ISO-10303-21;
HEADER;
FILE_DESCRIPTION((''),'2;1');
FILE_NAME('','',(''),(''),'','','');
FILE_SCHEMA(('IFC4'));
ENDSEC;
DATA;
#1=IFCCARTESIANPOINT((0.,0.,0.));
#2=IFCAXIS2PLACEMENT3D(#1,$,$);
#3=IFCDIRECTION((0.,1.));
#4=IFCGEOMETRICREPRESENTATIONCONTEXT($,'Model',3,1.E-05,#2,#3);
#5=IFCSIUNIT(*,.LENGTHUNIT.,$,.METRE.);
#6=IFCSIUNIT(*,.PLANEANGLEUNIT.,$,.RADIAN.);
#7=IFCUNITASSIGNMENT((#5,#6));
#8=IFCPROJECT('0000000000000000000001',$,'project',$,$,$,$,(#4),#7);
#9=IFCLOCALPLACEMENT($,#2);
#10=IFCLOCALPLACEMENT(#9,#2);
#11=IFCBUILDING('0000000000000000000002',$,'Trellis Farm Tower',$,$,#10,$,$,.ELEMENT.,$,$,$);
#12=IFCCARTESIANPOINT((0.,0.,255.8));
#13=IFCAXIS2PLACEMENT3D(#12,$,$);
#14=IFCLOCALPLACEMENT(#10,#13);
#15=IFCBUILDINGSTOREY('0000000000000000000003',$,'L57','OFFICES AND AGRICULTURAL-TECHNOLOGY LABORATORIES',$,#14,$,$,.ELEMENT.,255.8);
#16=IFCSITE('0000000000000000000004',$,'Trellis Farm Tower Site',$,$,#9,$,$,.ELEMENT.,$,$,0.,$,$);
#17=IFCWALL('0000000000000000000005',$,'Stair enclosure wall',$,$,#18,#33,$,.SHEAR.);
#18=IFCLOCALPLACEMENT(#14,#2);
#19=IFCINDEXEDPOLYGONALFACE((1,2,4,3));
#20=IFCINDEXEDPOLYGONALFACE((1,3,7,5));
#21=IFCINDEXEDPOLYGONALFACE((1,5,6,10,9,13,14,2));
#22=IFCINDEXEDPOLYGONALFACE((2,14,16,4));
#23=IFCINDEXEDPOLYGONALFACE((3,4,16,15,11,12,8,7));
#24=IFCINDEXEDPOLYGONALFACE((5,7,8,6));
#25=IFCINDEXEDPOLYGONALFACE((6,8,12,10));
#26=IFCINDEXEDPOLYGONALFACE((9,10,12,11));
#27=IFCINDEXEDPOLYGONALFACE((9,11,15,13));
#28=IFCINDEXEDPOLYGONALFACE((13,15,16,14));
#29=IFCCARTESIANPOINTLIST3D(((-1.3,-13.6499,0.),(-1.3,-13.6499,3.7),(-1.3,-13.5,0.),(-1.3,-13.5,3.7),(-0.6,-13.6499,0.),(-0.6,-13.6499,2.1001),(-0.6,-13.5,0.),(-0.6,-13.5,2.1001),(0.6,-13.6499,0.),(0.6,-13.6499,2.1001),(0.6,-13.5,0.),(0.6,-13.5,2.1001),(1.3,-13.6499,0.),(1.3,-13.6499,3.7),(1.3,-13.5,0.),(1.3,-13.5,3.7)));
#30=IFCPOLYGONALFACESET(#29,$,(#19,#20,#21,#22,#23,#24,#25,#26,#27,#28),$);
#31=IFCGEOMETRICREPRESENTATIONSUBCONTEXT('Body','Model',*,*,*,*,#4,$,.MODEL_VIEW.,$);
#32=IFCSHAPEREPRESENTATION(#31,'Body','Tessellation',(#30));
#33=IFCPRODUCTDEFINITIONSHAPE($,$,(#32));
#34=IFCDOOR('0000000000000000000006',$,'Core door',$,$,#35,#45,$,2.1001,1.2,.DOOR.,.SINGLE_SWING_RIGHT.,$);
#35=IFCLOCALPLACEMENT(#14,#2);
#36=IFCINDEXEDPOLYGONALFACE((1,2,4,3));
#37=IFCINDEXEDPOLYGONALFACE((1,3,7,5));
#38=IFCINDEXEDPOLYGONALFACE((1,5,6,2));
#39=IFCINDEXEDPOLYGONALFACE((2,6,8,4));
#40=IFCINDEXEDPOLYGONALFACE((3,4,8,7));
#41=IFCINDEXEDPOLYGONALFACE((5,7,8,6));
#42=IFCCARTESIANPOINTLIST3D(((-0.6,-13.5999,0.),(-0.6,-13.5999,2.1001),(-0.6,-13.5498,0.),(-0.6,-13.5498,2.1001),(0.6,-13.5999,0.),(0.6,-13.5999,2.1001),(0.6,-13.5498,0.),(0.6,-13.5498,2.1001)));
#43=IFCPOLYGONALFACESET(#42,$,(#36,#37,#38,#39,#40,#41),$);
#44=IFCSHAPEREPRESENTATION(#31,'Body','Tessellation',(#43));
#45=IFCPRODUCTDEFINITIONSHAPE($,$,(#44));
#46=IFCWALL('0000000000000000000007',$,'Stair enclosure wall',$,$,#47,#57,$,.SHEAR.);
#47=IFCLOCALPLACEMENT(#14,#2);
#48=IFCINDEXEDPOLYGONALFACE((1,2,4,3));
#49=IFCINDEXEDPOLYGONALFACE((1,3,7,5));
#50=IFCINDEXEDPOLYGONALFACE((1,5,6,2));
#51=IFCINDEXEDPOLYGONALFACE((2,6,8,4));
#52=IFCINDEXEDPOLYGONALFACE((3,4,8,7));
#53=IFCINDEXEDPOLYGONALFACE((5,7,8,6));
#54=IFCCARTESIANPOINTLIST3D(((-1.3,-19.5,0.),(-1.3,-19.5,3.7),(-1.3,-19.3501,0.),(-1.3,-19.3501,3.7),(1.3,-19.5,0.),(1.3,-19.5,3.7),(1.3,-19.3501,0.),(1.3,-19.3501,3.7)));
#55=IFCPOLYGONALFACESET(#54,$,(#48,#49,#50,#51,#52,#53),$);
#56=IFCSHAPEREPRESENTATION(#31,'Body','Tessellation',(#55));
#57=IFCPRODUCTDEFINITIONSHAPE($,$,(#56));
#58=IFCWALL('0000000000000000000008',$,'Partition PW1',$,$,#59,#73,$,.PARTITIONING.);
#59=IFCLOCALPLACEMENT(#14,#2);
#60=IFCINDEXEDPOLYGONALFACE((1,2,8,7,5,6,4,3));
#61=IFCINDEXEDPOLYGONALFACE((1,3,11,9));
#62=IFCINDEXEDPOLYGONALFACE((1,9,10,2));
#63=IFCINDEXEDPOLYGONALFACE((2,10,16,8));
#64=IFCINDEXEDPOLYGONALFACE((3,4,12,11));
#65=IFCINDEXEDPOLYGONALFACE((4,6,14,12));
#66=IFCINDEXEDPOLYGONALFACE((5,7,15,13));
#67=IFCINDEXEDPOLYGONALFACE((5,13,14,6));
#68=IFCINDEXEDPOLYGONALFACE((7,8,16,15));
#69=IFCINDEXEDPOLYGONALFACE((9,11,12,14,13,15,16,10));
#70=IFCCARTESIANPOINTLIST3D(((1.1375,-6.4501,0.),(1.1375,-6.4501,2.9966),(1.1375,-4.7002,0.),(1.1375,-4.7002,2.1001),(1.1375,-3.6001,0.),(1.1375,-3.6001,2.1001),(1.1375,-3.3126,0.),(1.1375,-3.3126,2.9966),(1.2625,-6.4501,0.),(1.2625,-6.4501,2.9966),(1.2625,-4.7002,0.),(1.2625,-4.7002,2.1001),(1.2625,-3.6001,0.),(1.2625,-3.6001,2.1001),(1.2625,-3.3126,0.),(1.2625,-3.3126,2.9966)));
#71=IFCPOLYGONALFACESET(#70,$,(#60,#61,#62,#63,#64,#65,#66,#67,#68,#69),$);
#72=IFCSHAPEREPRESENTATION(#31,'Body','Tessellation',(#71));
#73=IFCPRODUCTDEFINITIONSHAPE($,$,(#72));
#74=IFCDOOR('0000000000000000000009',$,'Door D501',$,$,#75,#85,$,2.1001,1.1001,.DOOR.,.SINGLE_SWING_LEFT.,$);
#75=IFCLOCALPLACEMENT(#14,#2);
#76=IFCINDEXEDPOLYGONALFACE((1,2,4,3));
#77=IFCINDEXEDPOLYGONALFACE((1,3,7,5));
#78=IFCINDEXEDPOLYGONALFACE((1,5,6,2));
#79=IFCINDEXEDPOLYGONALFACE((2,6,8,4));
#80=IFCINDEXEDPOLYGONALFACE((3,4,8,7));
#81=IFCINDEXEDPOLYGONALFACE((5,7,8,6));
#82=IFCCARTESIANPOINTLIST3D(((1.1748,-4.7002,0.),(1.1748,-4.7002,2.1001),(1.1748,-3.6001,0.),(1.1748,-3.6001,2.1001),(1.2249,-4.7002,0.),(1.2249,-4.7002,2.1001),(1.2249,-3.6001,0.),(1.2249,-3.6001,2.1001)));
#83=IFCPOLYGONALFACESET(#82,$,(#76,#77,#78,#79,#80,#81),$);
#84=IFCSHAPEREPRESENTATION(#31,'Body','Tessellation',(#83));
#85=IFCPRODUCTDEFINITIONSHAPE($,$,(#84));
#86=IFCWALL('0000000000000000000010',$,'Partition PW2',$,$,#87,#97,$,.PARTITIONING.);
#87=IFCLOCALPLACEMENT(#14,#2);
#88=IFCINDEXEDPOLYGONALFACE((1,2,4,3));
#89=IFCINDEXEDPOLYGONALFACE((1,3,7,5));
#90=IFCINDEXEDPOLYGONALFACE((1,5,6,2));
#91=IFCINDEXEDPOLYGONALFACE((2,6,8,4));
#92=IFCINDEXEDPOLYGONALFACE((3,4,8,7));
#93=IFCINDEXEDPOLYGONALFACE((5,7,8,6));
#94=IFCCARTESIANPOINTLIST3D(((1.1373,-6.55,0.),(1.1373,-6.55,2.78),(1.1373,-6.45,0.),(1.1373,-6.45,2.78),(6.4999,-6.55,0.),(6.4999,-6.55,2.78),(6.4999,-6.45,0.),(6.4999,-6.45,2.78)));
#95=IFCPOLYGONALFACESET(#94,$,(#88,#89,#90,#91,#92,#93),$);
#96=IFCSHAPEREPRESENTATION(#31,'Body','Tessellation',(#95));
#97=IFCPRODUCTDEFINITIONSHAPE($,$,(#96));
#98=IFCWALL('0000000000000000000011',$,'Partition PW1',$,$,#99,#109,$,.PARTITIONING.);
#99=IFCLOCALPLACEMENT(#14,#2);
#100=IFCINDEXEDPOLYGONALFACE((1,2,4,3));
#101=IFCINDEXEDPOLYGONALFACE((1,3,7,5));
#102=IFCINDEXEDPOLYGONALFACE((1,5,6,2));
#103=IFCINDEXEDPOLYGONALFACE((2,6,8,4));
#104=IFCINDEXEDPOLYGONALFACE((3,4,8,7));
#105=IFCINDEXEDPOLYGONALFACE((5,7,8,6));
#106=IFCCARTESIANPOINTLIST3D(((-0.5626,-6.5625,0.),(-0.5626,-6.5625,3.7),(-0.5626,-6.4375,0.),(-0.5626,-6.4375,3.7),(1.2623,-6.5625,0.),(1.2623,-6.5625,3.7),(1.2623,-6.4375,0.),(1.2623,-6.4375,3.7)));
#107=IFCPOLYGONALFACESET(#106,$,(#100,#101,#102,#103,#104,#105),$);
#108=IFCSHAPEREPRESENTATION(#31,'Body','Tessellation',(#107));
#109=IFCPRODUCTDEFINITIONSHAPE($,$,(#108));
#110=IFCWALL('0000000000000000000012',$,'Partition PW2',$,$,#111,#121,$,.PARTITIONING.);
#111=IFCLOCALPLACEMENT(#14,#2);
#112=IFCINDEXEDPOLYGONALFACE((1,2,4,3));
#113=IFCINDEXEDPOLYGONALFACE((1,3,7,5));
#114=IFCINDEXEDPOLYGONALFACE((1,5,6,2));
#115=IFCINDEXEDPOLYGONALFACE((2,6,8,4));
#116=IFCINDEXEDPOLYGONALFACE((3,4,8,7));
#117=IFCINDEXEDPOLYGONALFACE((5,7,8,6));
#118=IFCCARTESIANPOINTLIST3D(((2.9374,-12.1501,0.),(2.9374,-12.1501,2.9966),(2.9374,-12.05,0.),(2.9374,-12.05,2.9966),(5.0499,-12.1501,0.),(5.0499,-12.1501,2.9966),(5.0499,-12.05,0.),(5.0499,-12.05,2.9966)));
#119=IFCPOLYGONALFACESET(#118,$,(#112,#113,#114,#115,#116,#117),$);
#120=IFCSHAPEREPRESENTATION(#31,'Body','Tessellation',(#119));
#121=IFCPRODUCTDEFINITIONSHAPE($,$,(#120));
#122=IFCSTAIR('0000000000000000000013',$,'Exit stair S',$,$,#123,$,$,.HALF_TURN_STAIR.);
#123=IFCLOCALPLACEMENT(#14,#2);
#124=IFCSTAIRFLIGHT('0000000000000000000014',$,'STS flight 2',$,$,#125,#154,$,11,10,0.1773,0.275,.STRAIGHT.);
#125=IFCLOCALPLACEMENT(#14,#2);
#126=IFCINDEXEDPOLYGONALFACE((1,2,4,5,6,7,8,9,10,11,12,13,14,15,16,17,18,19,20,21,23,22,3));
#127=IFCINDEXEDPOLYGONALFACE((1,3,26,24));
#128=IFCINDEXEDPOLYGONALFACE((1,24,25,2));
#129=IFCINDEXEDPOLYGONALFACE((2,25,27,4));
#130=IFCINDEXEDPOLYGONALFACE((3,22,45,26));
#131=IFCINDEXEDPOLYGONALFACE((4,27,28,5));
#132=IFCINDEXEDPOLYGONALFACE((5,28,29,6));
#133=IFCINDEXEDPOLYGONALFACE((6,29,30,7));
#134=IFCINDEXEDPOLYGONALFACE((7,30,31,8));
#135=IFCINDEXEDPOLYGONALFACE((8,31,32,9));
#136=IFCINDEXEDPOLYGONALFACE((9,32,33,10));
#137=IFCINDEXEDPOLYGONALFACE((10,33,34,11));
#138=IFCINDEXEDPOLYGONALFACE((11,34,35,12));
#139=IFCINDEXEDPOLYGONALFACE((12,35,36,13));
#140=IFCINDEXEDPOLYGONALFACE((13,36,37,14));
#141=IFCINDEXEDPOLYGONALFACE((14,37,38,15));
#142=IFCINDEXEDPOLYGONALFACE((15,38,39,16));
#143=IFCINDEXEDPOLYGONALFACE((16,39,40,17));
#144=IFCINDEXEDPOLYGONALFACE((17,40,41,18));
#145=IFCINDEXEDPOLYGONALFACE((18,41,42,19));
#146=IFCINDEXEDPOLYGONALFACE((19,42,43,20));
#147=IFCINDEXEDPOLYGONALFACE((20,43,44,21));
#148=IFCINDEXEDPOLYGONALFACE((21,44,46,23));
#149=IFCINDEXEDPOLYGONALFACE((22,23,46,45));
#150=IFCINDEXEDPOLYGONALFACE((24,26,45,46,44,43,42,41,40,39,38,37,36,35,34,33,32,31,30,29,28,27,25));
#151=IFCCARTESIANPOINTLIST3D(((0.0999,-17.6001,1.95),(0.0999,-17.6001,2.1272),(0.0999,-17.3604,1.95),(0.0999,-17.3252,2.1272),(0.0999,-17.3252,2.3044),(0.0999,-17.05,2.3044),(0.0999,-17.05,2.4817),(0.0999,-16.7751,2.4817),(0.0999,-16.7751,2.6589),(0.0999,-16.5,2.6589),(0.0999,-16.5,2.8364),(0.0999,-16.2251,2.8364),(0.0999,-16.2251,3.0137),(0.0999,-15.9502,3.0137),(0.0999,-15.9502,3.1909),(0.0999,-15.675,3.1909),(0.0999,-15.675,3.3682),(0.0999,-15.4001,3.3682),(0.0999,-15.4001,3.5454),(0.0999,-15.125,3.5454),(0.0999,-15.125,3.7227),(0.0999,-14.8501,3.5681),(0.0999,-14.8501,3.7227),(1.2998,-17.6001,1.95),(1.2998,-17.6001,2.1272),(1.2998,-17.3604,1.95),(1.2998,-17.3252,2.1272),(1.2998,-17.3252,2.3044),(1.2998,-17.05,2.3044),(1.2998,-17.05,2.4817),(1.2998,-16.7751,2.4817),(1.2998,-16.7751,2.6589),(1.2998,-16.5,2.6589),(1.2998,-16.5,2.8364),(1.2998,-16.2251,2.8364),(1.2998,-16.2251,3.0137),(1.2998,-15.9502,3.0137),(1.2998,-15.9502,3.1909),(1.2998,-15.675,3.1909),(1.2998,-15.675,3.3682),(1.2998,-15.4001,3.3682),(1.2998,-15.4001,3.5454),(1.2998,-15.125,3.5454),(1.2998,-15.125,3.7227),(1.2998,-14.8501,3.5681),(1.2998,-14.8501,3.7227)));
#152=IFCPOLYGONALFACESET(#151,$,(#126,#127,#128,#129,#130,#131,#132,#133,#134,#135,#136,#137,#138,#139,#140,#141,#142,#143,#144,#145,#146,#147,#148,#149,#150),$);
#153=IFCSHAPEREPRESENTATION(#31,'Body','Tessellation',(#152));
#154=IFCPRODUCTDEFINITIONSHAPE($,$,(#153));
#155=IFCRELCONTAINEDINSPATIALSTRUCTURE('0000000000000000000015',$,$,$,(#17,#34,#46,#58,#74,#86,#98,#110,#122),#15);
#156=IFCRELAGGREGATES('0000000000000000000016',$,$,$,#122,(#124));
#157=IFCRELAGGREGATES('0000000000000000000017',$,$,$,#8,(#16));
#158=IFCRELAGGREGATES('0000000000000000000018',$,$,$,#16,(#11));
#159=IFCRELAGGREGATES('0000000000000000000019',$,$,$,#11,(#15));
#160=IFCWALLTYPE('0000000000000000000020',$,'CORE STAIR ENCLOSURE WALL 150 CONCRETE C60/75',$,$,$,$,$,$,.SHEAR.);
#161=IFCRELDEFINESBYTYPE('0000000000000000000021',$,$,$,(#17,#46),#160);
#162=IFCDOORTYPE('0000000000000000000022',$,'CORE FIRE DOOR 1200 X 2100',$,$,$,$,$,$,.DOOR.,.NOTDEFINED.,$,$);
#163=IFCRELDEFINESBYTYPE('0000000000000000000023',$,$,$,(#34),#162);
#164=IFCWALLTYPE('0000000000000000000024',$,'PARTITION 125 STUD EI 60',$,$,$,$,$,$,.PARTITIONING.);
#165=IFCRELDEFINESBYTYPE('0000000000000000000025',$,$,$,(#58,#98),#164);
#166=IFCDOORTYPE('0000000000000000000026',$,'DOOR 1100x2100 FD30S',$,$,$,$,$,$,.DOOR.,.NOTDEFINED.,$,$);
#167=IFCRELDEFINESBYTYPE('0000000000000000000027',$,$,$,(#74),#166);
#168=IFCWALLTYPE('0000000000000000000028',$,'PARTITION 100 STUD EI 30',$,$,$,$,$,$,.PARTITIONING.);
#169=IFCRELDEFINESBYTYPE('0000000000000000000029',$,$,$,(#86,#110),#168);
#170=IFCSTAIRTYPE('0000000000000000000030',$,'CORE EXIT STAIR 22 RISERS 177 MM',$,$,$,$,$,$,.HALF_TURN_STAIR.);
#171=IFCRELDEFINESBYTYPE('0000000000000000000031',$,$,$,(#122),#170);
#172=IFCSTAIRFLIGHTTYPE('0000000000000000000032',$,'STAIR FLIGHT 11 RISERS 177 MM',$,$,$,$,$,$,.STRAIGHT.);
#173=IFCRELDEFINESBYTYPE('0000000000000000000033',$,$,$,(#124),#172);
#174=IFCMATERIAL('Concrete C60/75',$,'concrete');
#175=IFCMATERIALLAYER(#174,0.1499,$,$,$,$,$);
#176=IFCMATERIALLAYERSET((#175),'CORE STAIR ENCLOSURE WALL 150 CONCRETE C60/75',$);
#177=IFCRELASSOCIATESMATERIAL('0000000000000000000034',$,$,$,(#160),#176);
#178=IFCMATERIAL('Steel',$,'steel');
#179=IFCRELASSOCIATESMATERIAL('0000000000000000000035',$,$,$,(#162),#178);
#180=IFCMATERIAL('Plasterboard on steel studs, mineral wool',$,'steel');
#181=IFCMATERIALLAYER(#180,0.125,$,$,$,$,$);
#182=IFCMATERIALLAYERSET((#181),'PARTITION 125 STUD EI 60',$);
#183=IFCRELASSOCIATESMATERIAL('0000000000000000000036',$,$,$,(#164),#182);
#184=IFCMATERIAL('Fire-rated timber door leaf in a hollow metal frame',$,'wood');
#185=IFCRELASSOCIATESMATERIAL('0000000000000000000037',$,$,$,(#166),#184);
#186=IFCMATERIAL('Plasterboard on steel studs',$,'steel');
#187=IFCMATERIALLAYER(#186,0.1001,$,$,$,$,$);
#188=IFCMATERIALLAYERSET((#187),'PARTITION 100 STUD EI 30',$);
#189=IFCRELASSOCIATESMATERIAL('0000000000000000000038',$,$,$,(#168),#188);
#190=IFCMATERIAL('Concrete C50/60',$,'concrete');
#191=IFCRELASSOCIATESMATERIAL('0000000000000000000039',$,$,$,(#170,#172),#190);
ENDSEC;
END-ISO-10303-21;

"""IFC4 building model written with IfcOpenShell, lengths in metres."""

from ifc_helpers import new_model, si_unit, direction, frame, frame_2d, origin, place, context, subcontext, project, spatial, polyline, rectangle, outline, extrude, source, transform, mapped, material, layer, layer_set, type_object, element, fill, aggregate, save


model = new_model("IFC4")

# Units and contexts
model_context = context("Model", 3, precision=1e-05, world=origin(), true_north=direction((0.0, 1.0)))
body_context = subcontext(model_context, "Body", "Model", "MODEL_VIEW")
ifc_project = project(units=[si_unit("LENGTHUNIT", "METRE"), si_unit("PLANEANGLEUNIT", "RADIAN")], contexts=[model_context])

# Site, building, storey
site_placement = place(None, origin())
site = spatial("IfcSite", under=ifc_project, at=site_placement, Name="Trellis Farm Tower Site", CompositionType="ELEMENT", RefElevation=0.0)
building_placement = place(site_placement, origin())
building = spatial("IfcBuilding", under=site, at=building_placement, Name="Trellis Farm Tower", CompositionType="ELEMENT")
storey_placement = place(building_placement, frame((0.0, 0.0, 255.8)))
storey = spatial("IfcBuildingStorey", under=building, at=storey_placement, Name="L57", Description="OFFICES AND AGRICULTURAL-TECHNOLOGY LABORATORIES", CompositionType="ELEMENT", Elevation=255.8)

# Shared definitions
placement_1 = place(storey_placement, origin())

# Shared definitions
ifc_material_1 = material(Name="Concrete C60/75", Category="concrete")

# Wall, opening, door
ifc_layer_1 = layer(ifc_material_1, 0.1499)
ifc_layer_set_1 = layer_set([ifc_layer_1], Name="CORE STAIR ENCLOSURE WALL 150 CONCRETE C60/75")
wall_type_1 = type_object("IfcWallType", Name="CORE STAIR ENCLOSURE WALL 150 CONCRETE C60/75", PredefinedType="SHEAR", material=ifc_layer_set_1)
shared_shape_1 = source(origin(), body_context, "Body", "SweptSolid", [
    extrude(rectangle(XDim=2.6001, YDim=0.1499, at=frame_2d((1.3, 0.0))), origin(), (0.0, 0.0, 1.0), 3.7),
])
wall_1_placement = place(storey_placement, frame((1.3, -13.575, 0.0), z_axis=(0.0, 0.0, 1.0), x_axis=(-1.0, 0.0, 0.0)))
wall_1 = element("IfcWall", 1, at=wall_1_placement, inside=storey, type_object=wall_type_1, Name="Stair enclosure wall", PredefinedType="SHEAR", context=body_context, shape_type="MappedRepresentation", body=[
    mapped(shared_shape_1, transform((0.0, 0.0, 0.0))),
])
shared_shape_2 = source(origin(), body_context, "Body", "SweptSolid", [
    extrude(rectangle(XDim=1.2, YDim=2.1001, at=frame_2d((0.6001, 1.05))), frame((0.0, 0.085, 0.0), z_axis=(0.0, -1.0, 0.0), x_axis=(1.0, 0.0, 0.0)), (0.0, 0.0, 1.0), 0.1699),
])
opening_1_placement = place(wall_1_placement, frame((0.7, 0.0, 0.0)))
opening_1 = element("IfcOpeningElement", 2, at=opening_1_placement, cuts=wall_1, PredefinedType="OPENING", context=body_context, shape_type="MappedRepresentation", body=[
    mapped(shared_shape_2, transform((0.0, 0.0, 0.0))),
])
ifc_material_2 = material(Name="Steel", Category="steel")
door_type_1 = type_object("IfcDoorType", Name="CORE FIRE DOOR 1200 X 2100", OperationType="NOTDEFINED", PredefinedType="DOOR", material=ifc_material_2)
shared_shape_3 = source(origin(), body_context, "Body", "SweptSolid", [
    extrude(rectangle(XDim=1.2, YDim=2.1001, at=frame_2d((0.6001, 1.05))), frame((0.0, 0.0249, 0.0), z_axis=(0.0, -1.0, 0.0), x_axis=(1.0, 0.0, 0.0)), (0.0, 0.0, 1.0), 0.05),
])
door_1_placement = place(opening_1_placement, origin())
door_1 = element("IfcDoor", 3, at=door_1_placement, inside=storey, type_object=door_type_1, Name="Core door", OperationType="SINGLE_SWING_RIGHT", OverallHeight=2.1001, OverallWidth=1.2, PredefinedType="DOOR", context=body_context, shape_type="MappedRepresentation", body=[
    mapped(shared_shape_3, transform((0.0, 0.0, 0.0))),
])
fill(opening_1, door_1)

# Wall
wall_2_placement = place(storey_placement, frame((1.3, -19.425, 0.0), z_axis=(0.0, 0.0, 1.0), x_axis=(-1.0, 0.0, 0.0)))
element("IfcWall", 4, at=wall_2_placement, inside=storey, type_object=wall_type_1, Name="Stair enclosure wall", PredefinedType="SHEAR", context=body_context, shape_type="MappedRepresentation", body=[
    mapped(shared_shape_1, transform((0.0, 0.0, 0.0))),
])

# Wall, opening, door
ifc_material_3 = material(Name="Plasterboard on steel studs, mineral wool", Category="steel")
ifc_layer_2 = layer(ifc_material_3, 0.125)
ifc_layer_set_2 = layer_set([ifc_layer_2], Name="PARTITION 125 STUD EI 60")
wall_type_2 = type_object("IfcWallType", Name="PARTITION 125 STUD EI 60", PredefinedType="PARTITIONING", material=ifc_layer_set_2)
shared_shape_4 = source(origin(), body_context, "Body", "SweptSolid", [
    extrude(rectangle(XDim=3.1375, YDim=0.125, at=frame_2d((1.5688, 0.0))), origin(), (0.0, 0.0, 1.0), 2.9966),
])
wall_3_placement = place(storey_placement, frame((1.2, -3.3125, 0.0), z_axis=(0.0, 0.0, 1.0), x_axis=(0.0, -1.0, 0.0)))
wall_3 = element("IfcWall", 5, at=wall_3_placement, inside=storey, type_object=wall_type_2, Name="Partition PW1", PredefinedType="PARTITIONING", context=body_context, shape_type="MappedRepresentation", body=[
    mapped(shared_shape_4, transform((0.0, 0.0, 0.0))),
])
shared_shape_5 = source(origin(), body_context, "Body", "SweptSolid", [
    extrude(rectangle(XDim=1.1001, YDim=2.1001, at=frame_2d((0.55, 1.05))), frame((0.0, 0.0725, 0.0), z_axis=(0.0, -1.0, 0.0), x_axis=(1.0, 0.0, 0.0)), (0.0, 0.0, 1.0), 0.145),
])
opening_2_placement = place(wall_3_placement, frame((0.2876, 0.0, 0.0)))
opening_2 = element("IfcOpeningElement", 6, at=opening_2_placement, cuts=wall_3, PredefinedType="OPENING", context=body_context, shape_type="MappedRepresentation", body=[
    mapped(shared_shape_5, transform((0.0, 0.0, 0.0))),
])
ifc_material_4 = material(Name="Fire-rated timber door leaf in a hollow metal frame", Category="wood")
door_type_2 = type_object("IfcDoorType", Name="DOOR 1100x2100 FD30S", OperationType="NOTDEFINED", PredefinedType="DOOR", material=ifc_material_4)
shared_shape_6 = source(origin(), body_context, "Body", "SweptSolid", [
    extrude(rectangle(XDim=1.1001, YDim=2.1001, at=frame_2d((0.55, 1.05))), frame((0.0, 0.0249, 0.0), z_axis=(0.0, -1.0, 0.0), x_axis=(1.0, 0.0, 0.0)), (0.0, 0.0, 1.0), 0.05),
])
door_2_placement = place(opening_2_placement, origin())
door_2 = element("IfcDoor", 7, at=door_2_placement, inside=storey, type_object=door_type_2, Name="Door D501", OperationType="SINGLE_SWING_LEFT", OverallHeight=2.1001, OverallWidth=1.1001, PredefinedType="DOOR", context=body_context, shape_type="MappedRepresentation", body=[
    mapped(shared_shape_6, transform((0.0, 0.0, 0.0))),
])
fill(opening_2, door_2)

# Walls
ifc_material_5 = material(Name="Plasterboard on steel studs", Category="steel")
ifc_layer_3 = layer(ifc_material_5, 0.1001)
ifc_layer_set_3 = layer_set([ifc_layer_3], Name="PARTITION 100 STUD EI 30")
wall_type_3 = type_object("IfcWallType", Name="PARTITION 100 STUD EI 30", PredefinedType="PARTITIONING", material=ifc_layer_set_3)
shared_shape_7 = source(origin(), body_context, "Body", "SweptSolid", [
    extrude(rectangle(XDim=5.3625, YDim=0.1001, at=frame_2d((2.6812, 0.0))), origin(), (0.0, 0.0, 1.0), 2.78),
])
wall_4_placement = place(storey_placement, frame((1.1375, -6.5, 0.0), z_axis=(0.0, 0.0, 1.0), x_axis=(1.0, 0.0, 0.0)))
element("IfcWall", 8, at=wall_4_placement, inside=storey, type_object=wall_type_3, Name="Partition PW2", PredefinedType="PARTITIONING", context=body_context, shape_type="MappedRepresentation", body=[
    mapped(shared_shape_7, transform((0.0, 0.0, 0.0))),
])
shared_shape_8 = source(origin(), body_context, "Body", "SweptSolid", [
    extrude(rectangle(XDim=1.825, YDim=0.125, at=frame_2d((0.9126, 0.0))), origin(), (0.0, 0.0, 1.0), 3.7),
])
wall_5_placement = place(storey_placement, frame((1.2625, -6.5, 0.0), z_axis=(0.0, 0.0, 1.0), x_axis=(-1.0, 0.0, 0.0)))
element("IfcWall", 9, at=wall_5_placement, inside=storey, type_object=wall_type_2, Name="Partition PW1", PredefinedType="PARTITIONING", context=body_context, shape_type="MappedRepresentation", body=[
    mapped(shared_shape_8, transform((0.0, 0.0, 0.0))),
])
shared_shape_9 = source(origin(), body_context, "Body", "SweptSolid", [
    extrude(rectangle(XDim=2.1125, YDim=0.1001, at=frame_2d((1.0562, 0.0))), origin(), (0.0, 0.0, 1.0), 2.9966),
])
wall_6_placement = place(storey_placement, frame((2.9375, -12.1001, 0.0), z_axis=(0.0, 0.0, 1.0), x_axis=(1.0, 0.0, 0.0)))
element("IfcWall", 10, at=wall_6_placement, inside=storey, type_object=wall_type_3, Name="Partition PW2", PredefinedType="PARTITIONING", context=body_context, shape_type="MappedRepresentation", body=[
    mapped(shared_shape_9, transform((0.0, 0.0, 0.0))),
])

# Stair, stair flight
ifc_material_6 = material(Name="Concrete C50/60", Category="concrete")
stair_type = type_object("IfcStairType", Name="CORE EXIT STAIR 22 RISERS 177 MM", PredefinedType="HALF_TURN_STAIR", material=ifc_material_6)
stair = element("IfcStair", 11, at=placement_1, inside=storey, type_object=stair_type, Name="Exit stair S", PredefinedType="HALF_TURN_STAIR")
stair_flight_type = type_object("IfcStairFlightType", Name="STAIR FLIGHT 11 RISERS 177 MM", PredefinedType="STRAIGHT", material=ifc_material_6)
shared_shape_10 = source(origin(), body_context, "Body", "SweptSolid", [
    extrude(outline(polyline([(0.0, 0.0), (0.0, 0.1772), (0.2749, 0.1772), (0.2749, 0.3545), (0.55, 0.3545), (0.55, 0.5317), (0.825, 0.5317), (0.825, 0.709), (1.1001, 0.709), (1.1001, 0.8865), (1.375, 0.8865), (1.375, 1.0637), (1.6499, 1.0637), (1.6499, 1.241), (1.925, 1.241), (1.925, 1.4182), (2.2, 1.4182), (2.2, 1.5955), (2.4751, 1.5955), (2.4751, 1.7727), (2.75, 1.7727), (2.75, 1.95), (2.75, 1.6182), (0.2397, 0.0), (0.0, 0.0)])), frame((0.0, 0.6001, 0.0), z_axis=(0.0, -1.0, 0.0), x_axis=(1.0, 0.0, 0.0)), (0.0, 0.0, 1.0), 1.2),
])
stair_flight_placement = place(storey_placement, frame((0.7, -17.6001, 1.95), z_axis=(0.0, 0.0, 1.0), x_axis=(0.0, 1.0, 0.0)))
stair_flight = element("IfcStairFlight", 12, at=stair_flight_placement, type_object=stair_flight_type, Name="STS flight 2", NumberOfRisers=11, NumberOfTreads=10, PredefinedType="STRAIGHT", RiserHeight=0.1773, TreadLength=0.275, context=body_context, shape_type="MappedRepresentation", body=[
    mapped(shared_shape_10, transform((0.0, 0.0, 0.0))),
])
aggregate(stair, [stair_flight])

save(model, "model.ifc")
